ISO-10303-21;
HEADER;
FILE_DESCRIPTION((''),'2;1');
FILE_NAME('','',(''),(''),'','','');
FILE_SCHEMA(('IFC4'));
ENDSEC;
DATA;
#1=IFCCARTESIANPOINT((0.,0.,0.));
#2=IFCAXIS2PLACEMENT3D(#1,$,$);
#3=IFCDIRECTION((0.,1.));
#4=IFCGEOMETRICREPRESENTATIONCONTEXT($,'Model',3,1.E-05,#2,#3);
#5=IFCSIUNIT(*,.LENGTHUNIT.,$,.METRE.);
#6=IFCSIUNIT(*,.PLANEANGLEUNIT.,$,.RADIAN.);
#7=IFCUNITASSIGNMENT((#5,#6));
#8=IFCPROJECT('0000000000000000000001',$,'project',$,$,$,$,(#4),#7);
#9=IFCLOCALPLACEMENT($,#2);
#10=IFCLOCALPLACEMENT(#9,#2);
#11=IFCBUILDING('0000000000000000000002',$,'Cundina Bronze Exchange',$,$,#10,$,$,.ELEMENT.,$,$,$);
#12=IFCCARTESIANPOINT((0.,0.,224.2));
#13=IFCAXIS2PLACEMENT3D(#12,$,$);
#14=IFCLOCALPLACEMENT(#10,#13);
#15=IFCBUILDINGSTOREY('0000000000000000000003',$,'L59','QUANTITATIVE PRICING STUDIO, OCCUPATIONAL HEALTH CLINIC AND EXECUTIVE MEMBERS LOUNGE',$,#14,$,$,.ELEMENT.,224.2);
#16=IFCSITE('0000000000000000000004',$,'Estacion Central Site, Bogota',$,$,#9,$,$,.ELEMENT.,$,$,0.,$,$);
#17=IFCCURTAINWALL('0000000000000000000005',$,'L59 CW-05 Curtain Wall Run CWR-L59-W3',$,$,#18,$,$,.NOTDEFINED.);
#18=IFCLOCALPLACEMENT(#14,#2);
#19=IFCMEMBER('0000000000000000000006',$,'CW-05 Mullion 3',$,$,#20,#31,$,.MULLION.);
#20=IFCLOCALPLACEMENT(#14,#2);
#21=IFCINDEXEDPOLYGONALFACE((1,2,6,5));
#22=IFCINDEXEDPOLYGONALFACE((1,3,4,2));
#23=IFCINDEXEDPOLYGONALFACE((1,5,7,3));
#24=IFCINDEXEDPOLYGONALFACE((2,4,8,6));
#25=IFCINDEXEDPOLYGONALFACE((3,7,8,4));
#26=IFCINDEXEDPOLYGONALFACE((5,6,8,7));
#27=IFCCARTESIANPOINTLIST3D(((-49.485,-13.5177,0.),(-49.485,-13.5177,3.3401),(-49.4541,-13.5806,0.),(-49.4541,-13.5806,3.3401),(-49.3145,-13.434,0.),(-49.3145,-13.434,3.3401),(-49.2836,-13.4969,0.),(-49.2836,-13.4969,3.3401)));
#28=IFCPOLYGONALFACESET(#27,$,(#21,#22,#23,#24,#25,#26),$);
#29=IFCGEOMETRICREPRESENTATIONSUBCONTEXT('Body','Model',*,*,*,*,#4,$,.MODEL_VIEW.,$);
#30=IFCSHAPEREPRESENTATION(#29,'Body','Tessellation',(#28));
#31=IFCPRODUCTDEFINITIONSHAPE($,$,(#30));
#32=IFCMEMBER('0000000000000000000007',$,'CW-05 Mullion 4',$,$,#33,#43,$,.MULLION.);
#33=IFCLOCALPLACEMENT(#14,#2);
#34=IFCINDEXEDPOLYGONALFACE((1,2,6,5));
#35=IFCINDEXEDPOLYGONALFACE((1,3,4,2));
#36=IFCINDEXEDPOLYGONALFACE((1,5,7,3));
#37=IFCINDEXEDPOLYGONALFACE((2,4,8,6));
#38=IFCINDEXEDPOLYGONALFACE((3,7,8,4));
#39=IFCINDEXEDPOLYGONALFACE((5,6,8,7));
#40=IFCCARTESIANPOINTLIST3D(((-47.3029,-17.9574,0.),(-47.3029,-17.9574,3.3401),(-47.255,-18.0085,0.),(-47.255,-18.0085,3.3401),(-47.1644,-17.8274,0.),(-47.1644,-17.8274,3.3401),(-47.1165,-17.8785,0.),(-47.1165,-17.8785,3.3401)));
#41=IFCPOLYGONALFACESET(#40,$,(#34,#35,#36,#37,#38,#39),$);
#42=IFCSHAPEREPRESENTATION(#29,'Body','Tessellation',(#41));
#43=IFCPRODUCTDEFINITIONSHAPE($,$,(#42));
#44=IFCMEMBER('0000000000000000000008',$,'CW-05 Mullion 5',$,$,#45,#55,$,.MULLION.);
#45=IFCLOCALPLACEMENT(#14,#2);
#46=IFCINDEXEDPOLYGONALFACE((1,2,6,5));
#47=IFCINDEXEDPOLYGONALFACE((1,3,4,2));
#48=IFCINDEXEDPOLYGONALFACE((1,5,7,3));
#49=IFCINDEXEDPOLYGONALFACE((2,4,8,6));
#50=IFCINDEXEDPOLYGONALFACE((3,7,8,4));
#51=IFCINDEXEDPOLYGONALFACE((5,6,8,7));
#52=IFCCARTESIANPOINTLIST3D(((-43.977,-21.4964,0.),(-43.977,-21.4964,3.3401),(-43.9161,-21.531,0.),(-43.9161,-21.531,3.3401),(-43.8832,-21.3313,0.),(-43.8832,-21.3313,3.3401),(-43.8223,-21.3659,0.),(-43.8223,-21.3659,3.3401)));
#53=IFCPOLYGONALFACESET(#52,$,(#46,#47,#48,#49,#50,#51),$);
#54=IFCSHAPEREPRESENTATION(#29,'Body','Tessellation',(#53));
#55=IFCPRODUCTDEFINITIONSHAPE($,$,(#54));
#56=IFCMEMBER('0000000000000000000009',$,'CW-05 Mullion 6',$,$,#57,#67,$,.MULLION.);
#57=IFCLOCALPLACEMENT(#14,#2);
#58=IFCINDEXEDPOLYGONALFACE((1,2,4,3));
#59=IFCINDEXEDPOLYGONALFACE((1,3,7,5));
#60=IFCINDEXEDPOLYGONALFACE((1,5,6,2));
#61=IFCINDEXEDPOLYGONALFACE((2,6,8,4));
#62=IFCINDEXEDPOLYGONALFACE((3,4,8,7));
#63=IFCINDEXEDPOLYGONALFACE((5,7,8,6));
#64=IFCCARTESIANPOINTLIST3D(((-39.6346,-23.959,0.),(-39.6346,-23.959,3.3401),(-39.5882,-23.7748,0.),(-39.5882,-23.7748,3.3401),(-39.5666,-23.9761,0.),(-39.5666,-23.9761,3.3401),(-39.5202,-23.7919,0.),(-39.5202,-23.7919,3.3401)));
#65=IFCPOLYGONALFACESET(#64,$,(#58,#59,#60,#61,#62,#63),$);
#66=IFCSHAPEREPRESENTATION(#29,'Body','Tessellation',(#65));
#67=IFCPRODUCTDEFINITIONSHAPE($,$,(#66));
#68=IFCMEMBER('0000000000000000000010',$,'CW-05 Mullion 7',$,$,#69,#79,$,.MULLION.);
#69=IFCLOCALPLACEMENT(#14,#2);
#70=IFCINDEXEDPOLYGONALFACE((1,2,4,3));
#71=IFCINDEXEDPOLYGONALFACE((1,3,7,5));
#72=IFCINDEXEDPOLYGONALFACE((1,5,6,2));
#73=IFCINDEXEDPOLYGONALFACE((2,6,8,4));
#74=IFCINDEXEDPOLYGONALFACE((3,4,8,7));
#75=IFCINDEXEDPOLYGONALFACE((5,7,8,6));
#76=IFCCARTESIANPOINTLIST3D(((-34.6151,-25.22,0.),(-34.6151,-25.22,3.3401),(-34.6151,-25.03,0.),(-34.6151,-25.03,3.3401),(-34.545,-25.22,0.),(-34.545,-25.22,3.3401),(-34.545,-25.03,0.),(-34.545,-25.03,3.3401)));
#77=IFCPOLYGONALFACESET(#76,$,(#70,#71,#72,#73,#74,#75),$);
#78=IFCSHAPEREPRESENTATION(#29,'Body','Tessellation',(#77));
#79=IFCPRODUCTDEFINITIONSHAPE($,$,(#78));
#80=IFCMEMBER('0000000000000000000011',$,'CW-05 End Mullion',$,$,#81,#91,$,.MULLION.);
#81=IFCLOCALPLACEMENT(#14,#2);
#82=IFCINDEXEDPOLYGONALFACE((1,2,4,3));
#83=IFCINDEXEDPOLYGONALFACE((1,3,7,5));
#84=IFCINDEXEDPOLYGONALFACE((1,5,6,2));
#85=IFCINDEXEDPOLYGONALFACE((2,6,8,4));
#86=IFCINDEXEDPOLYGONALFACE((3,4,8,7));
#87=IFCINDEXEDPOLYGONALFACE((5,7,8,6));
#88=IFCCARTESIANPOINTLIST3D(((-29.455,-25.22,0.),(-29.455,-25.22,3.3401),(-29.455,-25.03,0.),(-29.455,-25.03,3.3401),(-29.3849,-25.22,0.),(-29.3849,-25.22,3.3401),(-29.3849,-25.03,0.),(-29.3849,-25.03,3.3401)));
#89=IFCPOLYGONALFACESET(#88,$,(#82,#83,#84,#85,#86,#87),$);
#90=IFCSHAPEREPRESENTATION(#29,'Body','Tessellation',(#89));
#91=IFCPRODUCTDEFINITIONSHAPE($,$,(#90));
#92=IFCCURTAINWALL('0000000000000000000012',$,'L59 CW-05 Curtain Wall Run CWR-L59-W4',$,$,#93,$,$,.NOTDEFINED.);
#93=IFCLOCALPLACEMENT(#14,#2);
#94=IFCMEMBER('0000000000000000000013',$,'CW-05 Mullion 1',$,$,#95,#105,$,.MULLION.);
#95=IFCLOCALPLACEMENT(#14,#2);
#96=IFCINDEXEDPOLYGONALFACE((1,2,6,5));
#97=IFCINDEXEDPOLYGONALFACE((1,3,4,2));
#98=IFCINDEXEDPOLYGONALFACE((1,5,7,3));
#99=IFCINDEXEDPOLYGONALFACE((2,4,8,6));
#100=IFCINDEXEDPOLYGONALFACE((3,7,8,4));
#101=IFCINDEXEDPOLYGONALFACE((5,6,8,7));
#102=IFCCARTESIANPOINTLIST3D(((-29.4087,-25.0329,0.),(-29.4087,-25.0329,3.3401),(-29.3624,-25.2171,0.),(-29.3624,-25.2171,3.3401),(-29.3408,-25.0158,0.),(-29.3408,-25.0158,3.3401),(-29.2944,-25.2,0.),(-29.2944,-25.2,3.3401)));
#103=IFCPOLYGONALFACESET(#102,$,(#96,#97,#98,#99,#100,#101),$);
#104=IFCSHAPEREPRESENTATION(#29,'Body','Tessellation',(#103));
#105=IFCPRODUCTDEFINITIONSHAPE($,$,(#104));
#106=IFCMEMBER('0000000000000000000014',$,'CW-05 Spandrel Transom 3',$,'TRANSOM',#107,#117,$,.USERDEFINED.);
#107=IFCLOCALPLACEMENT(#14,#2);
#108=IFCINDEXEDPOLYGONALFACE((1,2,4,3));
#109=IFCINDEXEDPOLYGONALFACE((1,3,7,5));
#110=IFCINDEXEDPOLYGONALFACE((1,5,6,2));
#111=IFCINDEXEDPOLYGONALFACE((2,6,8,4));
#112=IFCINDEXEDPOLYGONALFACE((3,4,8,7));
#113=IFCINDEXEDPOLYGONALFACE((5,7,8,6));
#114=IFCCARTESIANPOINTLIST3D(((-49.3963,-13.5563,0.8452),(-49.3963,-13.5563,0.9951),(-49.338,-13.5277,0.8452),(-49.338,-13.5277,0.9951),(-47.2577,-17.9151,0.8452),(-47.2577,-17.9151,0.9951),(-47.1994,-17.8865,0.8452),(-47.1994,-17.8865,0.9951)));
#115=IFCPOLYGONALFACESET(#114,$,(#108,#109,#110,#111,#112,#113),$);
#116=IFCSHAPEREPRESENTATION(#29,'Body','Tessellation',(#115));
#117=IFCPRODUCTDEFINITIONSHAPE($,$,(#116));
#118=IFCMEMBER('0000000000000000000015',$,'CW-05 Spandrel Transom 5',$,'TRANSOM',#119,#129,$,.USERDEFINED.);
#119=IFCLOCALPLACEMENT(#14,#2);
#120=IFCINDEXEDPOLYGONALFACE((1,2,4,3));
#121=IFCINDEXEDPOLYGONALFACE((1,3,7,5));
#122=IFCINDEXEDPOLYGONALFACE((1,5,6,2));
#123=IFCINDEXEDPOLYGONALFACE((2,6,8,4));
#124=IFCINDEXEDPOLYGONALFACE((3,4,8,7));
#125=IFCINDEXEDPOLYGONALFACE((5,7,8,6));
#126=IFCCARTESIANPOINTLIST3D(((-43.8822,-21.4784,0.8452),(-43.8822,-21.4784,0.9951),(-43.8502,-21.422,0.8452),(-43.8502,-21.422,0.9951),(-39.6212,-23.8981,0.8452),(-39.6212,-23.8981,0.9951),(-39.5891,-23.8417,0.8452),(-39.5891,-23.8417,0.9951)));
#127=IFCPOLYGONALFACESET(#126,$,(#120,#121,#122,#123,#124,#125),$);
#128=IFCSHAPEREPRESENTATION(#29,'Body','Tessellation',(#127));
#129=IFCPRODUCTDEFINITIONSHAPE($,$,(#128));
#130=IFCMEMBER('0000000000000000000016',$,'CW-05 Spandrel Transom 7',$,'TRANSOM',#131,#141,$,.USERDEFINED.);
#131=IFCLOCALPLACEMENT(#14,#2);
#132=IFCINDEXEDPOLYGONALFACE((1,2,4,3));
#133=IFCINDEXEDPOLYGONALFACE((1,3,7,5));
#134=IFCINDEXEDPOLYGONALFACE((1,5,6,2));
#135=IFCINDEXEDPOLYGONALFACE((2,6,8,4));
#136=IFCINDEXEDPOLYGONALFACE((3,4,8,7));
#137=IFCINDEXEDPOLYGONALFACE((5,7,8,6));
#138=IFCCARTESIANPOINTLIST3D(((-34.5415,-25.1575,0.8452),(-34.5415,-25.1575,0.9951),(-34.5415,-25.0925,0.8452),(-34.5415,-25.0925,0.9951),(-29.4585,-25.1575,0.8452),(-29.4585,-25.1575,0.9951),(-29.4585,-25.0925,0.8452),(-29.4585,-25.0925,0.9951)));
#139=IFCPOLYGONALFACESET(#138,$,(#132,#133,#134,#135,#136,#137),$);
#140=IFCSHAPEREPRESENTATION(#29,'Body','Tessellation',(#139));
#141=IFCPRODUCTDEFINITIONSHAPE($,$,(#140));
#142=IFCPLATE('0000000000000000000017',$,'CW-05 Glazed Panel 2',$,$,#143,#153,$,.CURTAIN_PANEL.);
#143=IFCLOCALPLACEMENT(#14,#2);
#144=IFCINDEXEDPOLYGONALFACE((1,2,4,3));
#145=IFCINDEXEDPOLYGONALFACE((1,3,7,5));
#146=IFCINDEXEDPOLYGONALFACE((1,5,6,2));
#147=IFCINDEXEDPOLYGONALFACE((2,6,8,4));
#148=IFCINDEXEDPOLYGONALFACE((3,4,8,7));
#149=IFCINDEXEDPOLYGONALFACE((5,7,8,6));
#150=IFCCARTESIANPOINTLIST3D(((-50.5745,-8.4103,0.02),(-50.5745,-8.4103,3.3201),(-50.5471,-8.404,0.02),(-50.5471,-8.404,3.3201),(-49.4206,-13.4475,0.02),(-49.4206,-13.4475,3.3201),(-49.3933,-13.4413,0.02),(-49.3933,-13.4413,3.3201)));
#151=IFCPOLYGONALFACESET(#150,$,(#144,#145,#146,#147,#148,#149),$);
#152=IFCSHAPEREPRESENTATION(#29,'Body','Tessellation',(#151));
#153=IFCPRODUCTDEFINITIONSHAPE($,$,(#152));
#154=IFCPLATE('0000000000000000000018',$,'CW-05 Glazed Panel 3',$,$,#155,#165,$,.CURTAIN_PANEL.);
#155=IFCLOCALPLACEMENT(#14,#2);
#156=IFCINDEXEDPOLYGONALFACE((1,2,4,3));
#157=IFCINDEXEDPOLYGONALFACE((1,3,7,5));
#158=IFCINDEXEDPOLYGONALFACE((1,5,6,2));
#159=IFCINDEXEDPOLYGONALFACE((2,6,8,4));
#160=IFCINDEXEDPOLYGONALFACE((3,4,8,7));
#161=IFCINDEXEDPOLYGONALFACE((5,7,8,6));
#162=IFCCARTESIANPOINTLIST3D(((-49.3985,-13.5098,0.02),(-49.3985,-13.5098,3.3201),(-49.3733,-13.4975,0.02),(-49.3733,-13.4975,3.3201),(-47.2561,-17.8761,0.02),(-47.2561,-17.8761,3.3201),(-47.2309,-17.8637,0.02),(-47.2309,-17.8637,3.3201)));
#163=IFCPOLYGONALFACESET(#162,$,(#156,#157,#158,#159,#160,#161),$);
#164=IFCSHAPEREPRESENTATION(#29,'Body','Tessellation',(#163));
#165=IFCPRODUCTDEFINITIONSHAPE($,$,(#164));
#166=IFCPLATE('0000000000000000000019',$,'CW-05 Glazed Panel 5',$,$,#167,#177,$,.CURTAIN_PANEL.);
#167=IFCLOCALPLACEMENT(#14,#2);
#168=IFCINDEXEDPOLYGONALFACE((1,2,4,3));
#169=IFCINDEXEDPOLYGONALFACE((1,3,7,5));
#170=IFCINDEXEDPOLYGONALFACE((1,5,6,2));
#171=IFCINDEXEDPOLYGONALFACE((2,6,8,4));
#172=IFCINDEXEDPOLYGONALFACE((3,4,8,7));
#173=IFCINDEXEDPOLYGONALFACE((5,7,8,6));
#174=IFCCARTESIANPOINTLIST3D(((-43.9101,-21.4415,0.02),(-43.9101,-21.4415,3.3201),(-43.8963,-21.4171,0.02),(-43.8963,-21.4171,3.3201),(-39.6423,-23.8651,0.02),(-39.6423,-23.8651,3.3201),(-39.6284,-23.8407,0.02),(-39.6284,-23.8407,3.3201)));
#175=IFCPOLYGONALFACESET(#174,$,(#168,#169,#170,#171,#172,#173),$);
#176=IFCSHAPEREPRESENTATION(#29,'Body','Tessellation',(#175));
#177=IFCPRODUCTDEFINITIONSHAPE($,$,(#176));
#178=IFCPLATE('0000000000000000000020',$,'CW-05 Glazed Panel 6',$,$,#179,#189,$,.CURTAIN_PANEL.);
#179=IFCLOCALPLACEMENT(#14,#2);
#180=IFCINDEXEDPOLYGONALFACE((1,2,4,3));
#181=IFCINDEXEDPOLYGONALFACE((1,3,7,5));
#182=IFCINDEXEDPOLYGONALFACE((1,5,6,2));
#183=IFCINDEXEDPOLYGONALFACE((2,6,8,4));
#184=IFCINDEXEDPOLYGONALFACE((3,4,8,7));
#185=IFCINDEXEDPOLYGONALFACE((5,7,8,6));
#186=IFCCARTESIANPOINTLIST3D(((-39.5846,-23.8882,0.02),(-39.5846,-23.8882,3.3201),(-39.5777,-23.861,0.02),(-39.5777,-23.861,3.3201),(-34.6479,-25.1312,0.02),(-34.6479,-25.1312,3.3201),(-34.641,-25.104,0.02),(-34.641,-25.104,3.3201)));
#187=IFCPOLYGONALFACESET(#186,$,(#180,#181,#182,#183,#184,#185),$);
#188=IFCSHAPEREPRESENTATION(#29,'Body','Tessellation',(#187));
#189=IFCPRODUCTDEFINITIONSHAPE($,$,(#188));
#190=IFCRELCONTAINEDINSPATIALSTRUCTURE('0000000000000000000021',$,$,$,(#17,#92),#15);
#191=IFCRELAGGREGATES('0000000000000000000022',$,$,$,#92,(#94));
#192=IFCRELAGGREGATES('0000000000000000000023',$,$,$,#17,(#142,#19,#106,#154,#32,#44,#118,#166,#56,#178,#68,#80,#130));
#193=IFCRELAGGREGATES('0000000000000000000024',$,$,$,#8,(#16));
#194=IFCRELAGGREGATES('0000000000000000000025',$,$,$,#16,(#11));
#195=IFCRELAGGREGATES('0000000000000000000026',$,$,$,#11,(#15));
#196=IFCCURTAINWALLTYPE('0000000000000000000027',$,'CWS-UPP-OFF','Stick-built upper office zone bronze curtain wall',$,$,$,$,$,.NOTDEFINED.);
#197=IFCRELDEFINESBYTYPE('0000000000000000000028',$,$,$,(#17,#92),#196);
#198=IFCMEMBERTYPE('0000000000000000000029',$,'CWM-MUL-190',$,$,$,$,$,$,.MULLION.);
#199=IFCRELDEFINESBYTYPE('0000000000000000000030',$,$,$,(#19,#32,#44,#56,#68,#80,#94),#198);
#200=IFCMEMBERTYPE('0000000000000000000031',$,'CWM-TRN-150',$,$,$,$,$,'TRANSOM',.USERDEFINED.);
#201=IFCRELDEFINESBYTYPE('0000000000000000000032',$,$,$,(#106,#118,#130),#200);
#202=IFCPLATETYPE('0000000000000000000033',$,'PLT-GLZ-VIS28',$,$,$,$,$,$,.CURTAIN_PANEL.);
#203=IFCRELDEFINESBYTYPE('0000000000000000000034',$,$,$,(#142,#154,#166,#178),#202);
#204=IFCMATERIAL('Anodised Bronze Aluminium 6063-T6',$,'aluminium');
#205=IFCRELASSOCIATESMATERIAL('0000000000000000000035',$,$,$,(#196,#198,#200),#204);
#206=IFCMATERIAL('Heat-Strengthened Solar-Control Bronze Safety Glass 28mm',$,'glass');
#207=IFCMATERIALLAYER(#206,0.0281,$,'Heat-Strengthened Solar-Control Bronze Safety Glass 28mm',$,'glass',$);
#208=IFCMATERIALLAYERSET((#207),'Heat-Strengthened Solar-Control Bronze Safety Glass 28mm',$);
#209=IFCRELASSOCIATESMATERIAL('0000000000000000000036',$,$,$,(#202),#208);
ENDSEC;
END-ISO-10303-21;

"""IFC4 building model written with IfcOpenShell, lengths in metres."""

from ifc_helpers import new_model, si_unit, direction, frame, origin, origin_2d, place, context, subcontext, project, spatial, rectangle, extrude, material, layer, layer_set, material_profile, profile_set, type_object, element, aggregate, save


model = new_model("IFC4")

# Units and contexts
model_context = context("Model", 3, precision=1e-05, world=origin(), true_north=direction((0.0, 1.0)))
body_context = subcontext(model_context, "Body", "Model", "MODEL_VIEW")
ifc_project = project(units=[si_unit("LENGTHUNIT", "METRE"), si_unit("PLANEANGLEUNIT", "RADIAN")], contexts=[model_context])

# Site, building, storey
site_placement = place(None, origin())
site = spatial("IfcSite", under=ifc_project, at=site_placement, Name="Estacion Central Site, Bogota", CompositionType="ELEMENT", RefElevation=0.0)
building_placement = place(site_placement, origin())
building = spatial("IfcBuilding", under=site, at=building_placement, Name="Cundina Bronze Exchange", CompositionType="ELEMENT")
storey_placement = place(building_placement, frame((0.0, 0.0, 224.2)))
storey = spatial("IfcBuildingStorey", under=building, at=storey_placement, Name="L59", Description="QUANTITATIVE PRICING STUDIO, OCCUPATIONAL HEALTH CLINIC AND EXECUTIVE MEMBERS LOUNGE", CompositionType="ELEMENT", Elevation=224.2)

# Curtain wall, members
ifc_material_1 = material(Name="Anodised Bronze Aluminium 6063-T6", Category="aluminium")
curtain_wall_type = type_object("IfcCurtainWallType", Name="CWS-UPP-OFF", Description="Stick-built upper office zone bronze curtain wall", PredefinedType="NOTDEFINED", material=ifc_material_1)
curtain_wall_1_placement = place(storey_placement, origin())
curtain_wall_1 = element("IfcCurtainWall", 1, at=curtain_wall_1_placement, inside=storey, type_object=curtain_wall_type, Name="L59 CW-05 Curtain Wall Run CWR-L59-W3", PredefinedType="NOTDEFINED")
ifc_material_profile_1 = material_profile(ifc_material_1, rectangle(XDim=0.0701, YDim=0.1899, at=origin_2d()), Name="AL70X190", Category="aluminium")
ifc_profile_set_1 = profile_set([ifc_material_profile_1], Name="Anodised Bronze Aluminium 6063-T6")
member_type_1 = type_object("IfcMemberType", Name="CWM-MUL-190", PredefinedType="MULLION", material=ifc_profile_set_1)
member_1_placement = place(storey_placement, frame((-49.3843, -13.5073, 0.0), z_axis=(0.0, 0.0, 1.0), x_axis=(0.440566, -0.89772, 0.0)))
member_1 = element("IfcMember", 2, at=member_1_placement, type_object=member_type_1, Name="CW-05 Mullion 3", PredefinedType="MULLION", context=body_context, shape_type="SweptSolid", body=[
    extrude(rectangle(XDim=0.0701, YDim=0.1899, at=origin_2d()), origin(), (0.0, 0.0, 1.0), 3.3401),
])
member_2_placement = place(storey_placement, frame((-47.2097, -17.918, 0.0), z_axis=(0.0, 0.0, 1.0), x_axis=(0.684293, -0.729208, 0.0)))
member_2 = element("IfcMember", 3, at=member_2_placement, type_object=member_type_1, Name="CW-05 Mullion 4", PredefinedType="MULLION", context=body_context, shape_type="SweptSolid", body=[
    extrude(rectangle(XDim=0.0701, YDim=0.1899, at=origin_2d()), origin(), (0.0, 0.0, 1.0), 3.3401),
])
member_3_placement = place(storey_placement, frame((-43.8997, -21.4312, 0.0), z_axis=(0.0, 0.0, 1.0), x_axis=(0.869581, -0.49379, 0.0)))
member_3 = element("IfcMember", 4, at=member_3_placement, type_object=member_type_1, Name="CW-05 Mullion 5", PredefinedType="MULLION", context=body_context, shape_type="SweptSolid", body=[
    extrude(rectangle(XDim=0.0701, YDim=0.1899, at=origin_2d()), origin(), (0.0, 0.0, 1.0), 3.3401),
])
member_4_placement = place(storey_placement, frame((-39.5774, -23.8755, 0.0), z_axis=(0.0, 0.0, 1.0), x_axis=(0.969744, -0.244123, 0.0)))
member_4 = element("IfcMember", 5, at=member_4_placement, type_object=member_type_1, Name="CW-05 Mullion 6", PredefinedType="MULLION", context=body_context, shape_type="SweptSolid", body=[
    extrude(rectangle(XDim=0.0701, YDim=0.1899, at=origin_2d()), origin(), (0.0, 0.0, 1.0), 3.3401),
])
member_5_placement = place(storey_placement, frame((-34.5801, -25.125, 0.0), z_axis=(0.0, 0.0, 1.0), x_axis=(1.0, 0.0, 0.0)))
member_5 = element("IfcMember", 6, at=member_5_placement, type_object=member_type_1, Name="CW-05 Mullion 7", PredefinedType="MULLION", context=body_context, shape_type="SweptSolid", body=[
    extrude(rectangle(XDim=0.0701, YDim=0.1899, at=origin_2d()), origin(), (0.0, 0.0, 1.0), 3.3401),
])
member_6_placement = place(storey_placement, frame((-29.4199, -25.125, 0.0), z_axis=(0.0, 0.0, 1.0), x_axis=(1.0, 0.0, 0.0)))
member_6 = element("IfcMember", 7, at=member_6_placement, type_object=member_type_1, Name="CW-05 End Mullion", PredefinedType="MULLION", context=body_context, shape_type="SweptSolid", body=[
    extrude(rectangle(XDim=0.0701, YDim=0.1899, at=origin_2d()), origin(), (0.0, 0.0, 1.0), 3.3401),
])

# Curtain wall, member
curtain_wall_2_placement = place(storey_placement, origin())
curtain_wall_2 = element("IfcCurtainWall", 8, at=curtain_wall_2_placement, inside=storey, type_object=curtain_wall_type, Name="L59 CW-05 Curtain Wall Run CWR-L59-W4", PredefinedType="NOTDEFINED")
member_7_placement = place(storey_placement, frame((-29.3516, -25.1165, 0.0), z_axis=(0.0, 0.0, 1.0), x_axis=(0.969744, 0.244123, 0.0)))
member_7 = element("IfcMember", 9, at=member_7_placement, type_object=member_type_1, Name="CW-05 Mullion 1", PredefinedType="MULLION", context=body_context, shape_type="SweptSolid", body=[
    extrude(rectangle(XDim=0.0701, YDim=0.1899, at=origin_2d()), origin(), (0.0, 0.0, 1.0), 3.3401),
])
aggregate(curtain_wall_2, [member_7])

# Members
ifc_material_profile_2 = material_profile(ifc_material_1, rectangle(XDim=0.0649, YDim=0.1499, at=origin_2d()), Name="AL65X150", Category="aluminium")
ifc_profile_set_2 = profile_set([ifc_material_profile_2], Name="Anodised Bronze Aluminium 6063-T6")
member_type_2 = type_object("IfcMemberType", Name="CWM-TRN-150", ElementType="TRANSOM", PredefinedType="USERDEFINED", material=ifc_profile_set_2)
member_8_placement = place(storey_placement, frame((-49.3672, -13.542, 0.9202), z_axis=(0.440483, -0.897761, 0.0), x_axis=(0.897761, 0.440483, 0.0)))
member_8 = element("IfcMember", 10, at=member_8_placement, type_object=member_type_2, Name="CW-05 Spandrel Transom 3", ObjectType="TRANSOM", PredefinedType="USERDEFINED", context=body_context, shape_type="SweptSolid", body=[
    extrude(rectangle(XDim=0.0649, YDim=0.1499, at=origin_2d()), origin(), (0.0, 0.0, 1.0), 4.8552),
])
member_9_placement = place(storey_placement, frame((-43.8662, -21.4502, 0.9202), z_axis=(0.869574, -0.493803, 0.0), x_axis=(0.493803, 0.869574, 0.0)))
member_9 = element("IfcMember", 11, at=member_9_placement, type_object=member_type_2, Name="CW-05 Spandrel Transom 5", ObjectType="TRANSOM", PredefinedType="USERDEFINED", context=body_context, shape_type="SweptSolid", body=[
    extrude(rectangle(XDim=0.0649, YDim=0.1499, at=origin_2d()), origin(), (0.0, 0.0, 1.0), 4.9001),
])
member_10_placement = place(storey_placement, frame((-34.5415, -25.125, 0.9202), z_axis=(1.0, 0.0, 0.0), x_axis=(0.0, 1.0, 0.0)))
member_10 = element("IfcMember", 12, at=member_10_placement, type_object=member_type_2, Name="CW-05 Spandrel Transom 7", ObjectType="TRANSOM", PredefinedType="USERDEFINED", context=body_context, shape_type="SweptSolid", body=[
    extrude(rectangle(XDim=0.0649, YDim=0.1499, at=origin_2d()), origin(), (0.0, 0.0, 1.0), 5.083),
])

# Plates
ifc_material_2 = material(Name="Heat-Strengthened Solar-Control Bronze Safety Glass 28mm", Category="glass")
ifc_layer_1 = layer(ifc_material_2, 0.0281, Name="Heat-Strengthened Solar-Control Bronze Safety Glass 28mm", Category="glass")
ifc_layer_set_1 = layer_set([ifc_layer_1], Name="Heat-Strengthened Solar-Control Bronze Safety Glass 28mm")
plate_type_1 = type_object("IfcPlateType", Name="PLT-GLZ-VIS28", PredefinedType="CURTAIN_PANEL", material=ifc_layer_set_1)
plate_1_placement = place(storey_placement, frame((-49.9839, -10.9258, 0.02), z_axis=(0.0, 0.0, 1.0), x_axis=(0.223284, -0.974753, 0.0)))
plate_1 = element("IfcPlate", 13, at=plate_1_placement, type_object=plate_type_1, Name="CW-05 Glazed Panel 2", PredefinedType="CURTAIN_PANEL", context=body_context, shape_type="SweptSolid", body=[
    extrude(rectangle(XDim=5.1677, YDim=0.0281, at=origin_2d()), origin(), (0.0, 0.0, 1.0), 3.3),
])
plate_2_placement = place(storey_placement, frame((-48.3147, -15.6868, 0.02), z_axis=(0.0, 0.0, 1.0), x_axis=(0.440503, -0.897751, 0.0)))
plate_2 = element("IfcPlate", 14, at=plate_2_placement, type_object=plate_type_1, Name="CW-05 Glazed Panel 3", PredefinedType="CURTAIN_PANEL", context=body_context, shape_type="SweptSolid", body=[
    extrude(rectangle(XDim=4.8635, YDim=0.0281, at=origin_2d()), origin(), (0.0, 0.0, 1.0), 3.3),
])
plate_3_placement = place(storey_placement, frame((-41.7693, -22.6411, 0.02), z_axis=(0.0, 0.0, 1.0), x_axis=(0.869573, -0.493805, 0.0)))
plate_3 = element("IfcPlate", 15, at=plate_3_placement, type_object=plate_type_1, Name="CW-05 Glazed Panel 5", PredefinedType="CURTAIN_PANEL", context=body_context, shape_type="SweptSolid", body=[
    extrude(rectangle(XDim=4.908, YDim=0.0281, at=origin_2d()), origin(), (0.0, 0.0, 1.0), 3.3),
])
plate_4_placement = place(storey_placement, frame((-37.1128, -24.4961, 0.02), z_axis=(0.0, 0.0, 1.0), x_axis=(0.969732, -0.244174, 0.0)))
plate_4 = element("IfcPlate", 16, at=plate_4_placement, type_object=plate_type_1, Name="CW-05 Glazed Panel 6", PredefinedType="CURTAIN_PANEL", context=body_context, shape_type="SweptSolid", body=[
    extrude(rectangle(XDim=5.0908, YDim=0.0281, at=origin_2d()), origin(), (0.0, 0.0, 1.0), 3.3),
])
aggregate(curtain_wall_1, [plate_1, member_1, member_8, plate_2, member_2, member_3, member_9, plate_3, member_4, plate_4, member_5, member_6, member_10])

save(model, "model.ifc")
